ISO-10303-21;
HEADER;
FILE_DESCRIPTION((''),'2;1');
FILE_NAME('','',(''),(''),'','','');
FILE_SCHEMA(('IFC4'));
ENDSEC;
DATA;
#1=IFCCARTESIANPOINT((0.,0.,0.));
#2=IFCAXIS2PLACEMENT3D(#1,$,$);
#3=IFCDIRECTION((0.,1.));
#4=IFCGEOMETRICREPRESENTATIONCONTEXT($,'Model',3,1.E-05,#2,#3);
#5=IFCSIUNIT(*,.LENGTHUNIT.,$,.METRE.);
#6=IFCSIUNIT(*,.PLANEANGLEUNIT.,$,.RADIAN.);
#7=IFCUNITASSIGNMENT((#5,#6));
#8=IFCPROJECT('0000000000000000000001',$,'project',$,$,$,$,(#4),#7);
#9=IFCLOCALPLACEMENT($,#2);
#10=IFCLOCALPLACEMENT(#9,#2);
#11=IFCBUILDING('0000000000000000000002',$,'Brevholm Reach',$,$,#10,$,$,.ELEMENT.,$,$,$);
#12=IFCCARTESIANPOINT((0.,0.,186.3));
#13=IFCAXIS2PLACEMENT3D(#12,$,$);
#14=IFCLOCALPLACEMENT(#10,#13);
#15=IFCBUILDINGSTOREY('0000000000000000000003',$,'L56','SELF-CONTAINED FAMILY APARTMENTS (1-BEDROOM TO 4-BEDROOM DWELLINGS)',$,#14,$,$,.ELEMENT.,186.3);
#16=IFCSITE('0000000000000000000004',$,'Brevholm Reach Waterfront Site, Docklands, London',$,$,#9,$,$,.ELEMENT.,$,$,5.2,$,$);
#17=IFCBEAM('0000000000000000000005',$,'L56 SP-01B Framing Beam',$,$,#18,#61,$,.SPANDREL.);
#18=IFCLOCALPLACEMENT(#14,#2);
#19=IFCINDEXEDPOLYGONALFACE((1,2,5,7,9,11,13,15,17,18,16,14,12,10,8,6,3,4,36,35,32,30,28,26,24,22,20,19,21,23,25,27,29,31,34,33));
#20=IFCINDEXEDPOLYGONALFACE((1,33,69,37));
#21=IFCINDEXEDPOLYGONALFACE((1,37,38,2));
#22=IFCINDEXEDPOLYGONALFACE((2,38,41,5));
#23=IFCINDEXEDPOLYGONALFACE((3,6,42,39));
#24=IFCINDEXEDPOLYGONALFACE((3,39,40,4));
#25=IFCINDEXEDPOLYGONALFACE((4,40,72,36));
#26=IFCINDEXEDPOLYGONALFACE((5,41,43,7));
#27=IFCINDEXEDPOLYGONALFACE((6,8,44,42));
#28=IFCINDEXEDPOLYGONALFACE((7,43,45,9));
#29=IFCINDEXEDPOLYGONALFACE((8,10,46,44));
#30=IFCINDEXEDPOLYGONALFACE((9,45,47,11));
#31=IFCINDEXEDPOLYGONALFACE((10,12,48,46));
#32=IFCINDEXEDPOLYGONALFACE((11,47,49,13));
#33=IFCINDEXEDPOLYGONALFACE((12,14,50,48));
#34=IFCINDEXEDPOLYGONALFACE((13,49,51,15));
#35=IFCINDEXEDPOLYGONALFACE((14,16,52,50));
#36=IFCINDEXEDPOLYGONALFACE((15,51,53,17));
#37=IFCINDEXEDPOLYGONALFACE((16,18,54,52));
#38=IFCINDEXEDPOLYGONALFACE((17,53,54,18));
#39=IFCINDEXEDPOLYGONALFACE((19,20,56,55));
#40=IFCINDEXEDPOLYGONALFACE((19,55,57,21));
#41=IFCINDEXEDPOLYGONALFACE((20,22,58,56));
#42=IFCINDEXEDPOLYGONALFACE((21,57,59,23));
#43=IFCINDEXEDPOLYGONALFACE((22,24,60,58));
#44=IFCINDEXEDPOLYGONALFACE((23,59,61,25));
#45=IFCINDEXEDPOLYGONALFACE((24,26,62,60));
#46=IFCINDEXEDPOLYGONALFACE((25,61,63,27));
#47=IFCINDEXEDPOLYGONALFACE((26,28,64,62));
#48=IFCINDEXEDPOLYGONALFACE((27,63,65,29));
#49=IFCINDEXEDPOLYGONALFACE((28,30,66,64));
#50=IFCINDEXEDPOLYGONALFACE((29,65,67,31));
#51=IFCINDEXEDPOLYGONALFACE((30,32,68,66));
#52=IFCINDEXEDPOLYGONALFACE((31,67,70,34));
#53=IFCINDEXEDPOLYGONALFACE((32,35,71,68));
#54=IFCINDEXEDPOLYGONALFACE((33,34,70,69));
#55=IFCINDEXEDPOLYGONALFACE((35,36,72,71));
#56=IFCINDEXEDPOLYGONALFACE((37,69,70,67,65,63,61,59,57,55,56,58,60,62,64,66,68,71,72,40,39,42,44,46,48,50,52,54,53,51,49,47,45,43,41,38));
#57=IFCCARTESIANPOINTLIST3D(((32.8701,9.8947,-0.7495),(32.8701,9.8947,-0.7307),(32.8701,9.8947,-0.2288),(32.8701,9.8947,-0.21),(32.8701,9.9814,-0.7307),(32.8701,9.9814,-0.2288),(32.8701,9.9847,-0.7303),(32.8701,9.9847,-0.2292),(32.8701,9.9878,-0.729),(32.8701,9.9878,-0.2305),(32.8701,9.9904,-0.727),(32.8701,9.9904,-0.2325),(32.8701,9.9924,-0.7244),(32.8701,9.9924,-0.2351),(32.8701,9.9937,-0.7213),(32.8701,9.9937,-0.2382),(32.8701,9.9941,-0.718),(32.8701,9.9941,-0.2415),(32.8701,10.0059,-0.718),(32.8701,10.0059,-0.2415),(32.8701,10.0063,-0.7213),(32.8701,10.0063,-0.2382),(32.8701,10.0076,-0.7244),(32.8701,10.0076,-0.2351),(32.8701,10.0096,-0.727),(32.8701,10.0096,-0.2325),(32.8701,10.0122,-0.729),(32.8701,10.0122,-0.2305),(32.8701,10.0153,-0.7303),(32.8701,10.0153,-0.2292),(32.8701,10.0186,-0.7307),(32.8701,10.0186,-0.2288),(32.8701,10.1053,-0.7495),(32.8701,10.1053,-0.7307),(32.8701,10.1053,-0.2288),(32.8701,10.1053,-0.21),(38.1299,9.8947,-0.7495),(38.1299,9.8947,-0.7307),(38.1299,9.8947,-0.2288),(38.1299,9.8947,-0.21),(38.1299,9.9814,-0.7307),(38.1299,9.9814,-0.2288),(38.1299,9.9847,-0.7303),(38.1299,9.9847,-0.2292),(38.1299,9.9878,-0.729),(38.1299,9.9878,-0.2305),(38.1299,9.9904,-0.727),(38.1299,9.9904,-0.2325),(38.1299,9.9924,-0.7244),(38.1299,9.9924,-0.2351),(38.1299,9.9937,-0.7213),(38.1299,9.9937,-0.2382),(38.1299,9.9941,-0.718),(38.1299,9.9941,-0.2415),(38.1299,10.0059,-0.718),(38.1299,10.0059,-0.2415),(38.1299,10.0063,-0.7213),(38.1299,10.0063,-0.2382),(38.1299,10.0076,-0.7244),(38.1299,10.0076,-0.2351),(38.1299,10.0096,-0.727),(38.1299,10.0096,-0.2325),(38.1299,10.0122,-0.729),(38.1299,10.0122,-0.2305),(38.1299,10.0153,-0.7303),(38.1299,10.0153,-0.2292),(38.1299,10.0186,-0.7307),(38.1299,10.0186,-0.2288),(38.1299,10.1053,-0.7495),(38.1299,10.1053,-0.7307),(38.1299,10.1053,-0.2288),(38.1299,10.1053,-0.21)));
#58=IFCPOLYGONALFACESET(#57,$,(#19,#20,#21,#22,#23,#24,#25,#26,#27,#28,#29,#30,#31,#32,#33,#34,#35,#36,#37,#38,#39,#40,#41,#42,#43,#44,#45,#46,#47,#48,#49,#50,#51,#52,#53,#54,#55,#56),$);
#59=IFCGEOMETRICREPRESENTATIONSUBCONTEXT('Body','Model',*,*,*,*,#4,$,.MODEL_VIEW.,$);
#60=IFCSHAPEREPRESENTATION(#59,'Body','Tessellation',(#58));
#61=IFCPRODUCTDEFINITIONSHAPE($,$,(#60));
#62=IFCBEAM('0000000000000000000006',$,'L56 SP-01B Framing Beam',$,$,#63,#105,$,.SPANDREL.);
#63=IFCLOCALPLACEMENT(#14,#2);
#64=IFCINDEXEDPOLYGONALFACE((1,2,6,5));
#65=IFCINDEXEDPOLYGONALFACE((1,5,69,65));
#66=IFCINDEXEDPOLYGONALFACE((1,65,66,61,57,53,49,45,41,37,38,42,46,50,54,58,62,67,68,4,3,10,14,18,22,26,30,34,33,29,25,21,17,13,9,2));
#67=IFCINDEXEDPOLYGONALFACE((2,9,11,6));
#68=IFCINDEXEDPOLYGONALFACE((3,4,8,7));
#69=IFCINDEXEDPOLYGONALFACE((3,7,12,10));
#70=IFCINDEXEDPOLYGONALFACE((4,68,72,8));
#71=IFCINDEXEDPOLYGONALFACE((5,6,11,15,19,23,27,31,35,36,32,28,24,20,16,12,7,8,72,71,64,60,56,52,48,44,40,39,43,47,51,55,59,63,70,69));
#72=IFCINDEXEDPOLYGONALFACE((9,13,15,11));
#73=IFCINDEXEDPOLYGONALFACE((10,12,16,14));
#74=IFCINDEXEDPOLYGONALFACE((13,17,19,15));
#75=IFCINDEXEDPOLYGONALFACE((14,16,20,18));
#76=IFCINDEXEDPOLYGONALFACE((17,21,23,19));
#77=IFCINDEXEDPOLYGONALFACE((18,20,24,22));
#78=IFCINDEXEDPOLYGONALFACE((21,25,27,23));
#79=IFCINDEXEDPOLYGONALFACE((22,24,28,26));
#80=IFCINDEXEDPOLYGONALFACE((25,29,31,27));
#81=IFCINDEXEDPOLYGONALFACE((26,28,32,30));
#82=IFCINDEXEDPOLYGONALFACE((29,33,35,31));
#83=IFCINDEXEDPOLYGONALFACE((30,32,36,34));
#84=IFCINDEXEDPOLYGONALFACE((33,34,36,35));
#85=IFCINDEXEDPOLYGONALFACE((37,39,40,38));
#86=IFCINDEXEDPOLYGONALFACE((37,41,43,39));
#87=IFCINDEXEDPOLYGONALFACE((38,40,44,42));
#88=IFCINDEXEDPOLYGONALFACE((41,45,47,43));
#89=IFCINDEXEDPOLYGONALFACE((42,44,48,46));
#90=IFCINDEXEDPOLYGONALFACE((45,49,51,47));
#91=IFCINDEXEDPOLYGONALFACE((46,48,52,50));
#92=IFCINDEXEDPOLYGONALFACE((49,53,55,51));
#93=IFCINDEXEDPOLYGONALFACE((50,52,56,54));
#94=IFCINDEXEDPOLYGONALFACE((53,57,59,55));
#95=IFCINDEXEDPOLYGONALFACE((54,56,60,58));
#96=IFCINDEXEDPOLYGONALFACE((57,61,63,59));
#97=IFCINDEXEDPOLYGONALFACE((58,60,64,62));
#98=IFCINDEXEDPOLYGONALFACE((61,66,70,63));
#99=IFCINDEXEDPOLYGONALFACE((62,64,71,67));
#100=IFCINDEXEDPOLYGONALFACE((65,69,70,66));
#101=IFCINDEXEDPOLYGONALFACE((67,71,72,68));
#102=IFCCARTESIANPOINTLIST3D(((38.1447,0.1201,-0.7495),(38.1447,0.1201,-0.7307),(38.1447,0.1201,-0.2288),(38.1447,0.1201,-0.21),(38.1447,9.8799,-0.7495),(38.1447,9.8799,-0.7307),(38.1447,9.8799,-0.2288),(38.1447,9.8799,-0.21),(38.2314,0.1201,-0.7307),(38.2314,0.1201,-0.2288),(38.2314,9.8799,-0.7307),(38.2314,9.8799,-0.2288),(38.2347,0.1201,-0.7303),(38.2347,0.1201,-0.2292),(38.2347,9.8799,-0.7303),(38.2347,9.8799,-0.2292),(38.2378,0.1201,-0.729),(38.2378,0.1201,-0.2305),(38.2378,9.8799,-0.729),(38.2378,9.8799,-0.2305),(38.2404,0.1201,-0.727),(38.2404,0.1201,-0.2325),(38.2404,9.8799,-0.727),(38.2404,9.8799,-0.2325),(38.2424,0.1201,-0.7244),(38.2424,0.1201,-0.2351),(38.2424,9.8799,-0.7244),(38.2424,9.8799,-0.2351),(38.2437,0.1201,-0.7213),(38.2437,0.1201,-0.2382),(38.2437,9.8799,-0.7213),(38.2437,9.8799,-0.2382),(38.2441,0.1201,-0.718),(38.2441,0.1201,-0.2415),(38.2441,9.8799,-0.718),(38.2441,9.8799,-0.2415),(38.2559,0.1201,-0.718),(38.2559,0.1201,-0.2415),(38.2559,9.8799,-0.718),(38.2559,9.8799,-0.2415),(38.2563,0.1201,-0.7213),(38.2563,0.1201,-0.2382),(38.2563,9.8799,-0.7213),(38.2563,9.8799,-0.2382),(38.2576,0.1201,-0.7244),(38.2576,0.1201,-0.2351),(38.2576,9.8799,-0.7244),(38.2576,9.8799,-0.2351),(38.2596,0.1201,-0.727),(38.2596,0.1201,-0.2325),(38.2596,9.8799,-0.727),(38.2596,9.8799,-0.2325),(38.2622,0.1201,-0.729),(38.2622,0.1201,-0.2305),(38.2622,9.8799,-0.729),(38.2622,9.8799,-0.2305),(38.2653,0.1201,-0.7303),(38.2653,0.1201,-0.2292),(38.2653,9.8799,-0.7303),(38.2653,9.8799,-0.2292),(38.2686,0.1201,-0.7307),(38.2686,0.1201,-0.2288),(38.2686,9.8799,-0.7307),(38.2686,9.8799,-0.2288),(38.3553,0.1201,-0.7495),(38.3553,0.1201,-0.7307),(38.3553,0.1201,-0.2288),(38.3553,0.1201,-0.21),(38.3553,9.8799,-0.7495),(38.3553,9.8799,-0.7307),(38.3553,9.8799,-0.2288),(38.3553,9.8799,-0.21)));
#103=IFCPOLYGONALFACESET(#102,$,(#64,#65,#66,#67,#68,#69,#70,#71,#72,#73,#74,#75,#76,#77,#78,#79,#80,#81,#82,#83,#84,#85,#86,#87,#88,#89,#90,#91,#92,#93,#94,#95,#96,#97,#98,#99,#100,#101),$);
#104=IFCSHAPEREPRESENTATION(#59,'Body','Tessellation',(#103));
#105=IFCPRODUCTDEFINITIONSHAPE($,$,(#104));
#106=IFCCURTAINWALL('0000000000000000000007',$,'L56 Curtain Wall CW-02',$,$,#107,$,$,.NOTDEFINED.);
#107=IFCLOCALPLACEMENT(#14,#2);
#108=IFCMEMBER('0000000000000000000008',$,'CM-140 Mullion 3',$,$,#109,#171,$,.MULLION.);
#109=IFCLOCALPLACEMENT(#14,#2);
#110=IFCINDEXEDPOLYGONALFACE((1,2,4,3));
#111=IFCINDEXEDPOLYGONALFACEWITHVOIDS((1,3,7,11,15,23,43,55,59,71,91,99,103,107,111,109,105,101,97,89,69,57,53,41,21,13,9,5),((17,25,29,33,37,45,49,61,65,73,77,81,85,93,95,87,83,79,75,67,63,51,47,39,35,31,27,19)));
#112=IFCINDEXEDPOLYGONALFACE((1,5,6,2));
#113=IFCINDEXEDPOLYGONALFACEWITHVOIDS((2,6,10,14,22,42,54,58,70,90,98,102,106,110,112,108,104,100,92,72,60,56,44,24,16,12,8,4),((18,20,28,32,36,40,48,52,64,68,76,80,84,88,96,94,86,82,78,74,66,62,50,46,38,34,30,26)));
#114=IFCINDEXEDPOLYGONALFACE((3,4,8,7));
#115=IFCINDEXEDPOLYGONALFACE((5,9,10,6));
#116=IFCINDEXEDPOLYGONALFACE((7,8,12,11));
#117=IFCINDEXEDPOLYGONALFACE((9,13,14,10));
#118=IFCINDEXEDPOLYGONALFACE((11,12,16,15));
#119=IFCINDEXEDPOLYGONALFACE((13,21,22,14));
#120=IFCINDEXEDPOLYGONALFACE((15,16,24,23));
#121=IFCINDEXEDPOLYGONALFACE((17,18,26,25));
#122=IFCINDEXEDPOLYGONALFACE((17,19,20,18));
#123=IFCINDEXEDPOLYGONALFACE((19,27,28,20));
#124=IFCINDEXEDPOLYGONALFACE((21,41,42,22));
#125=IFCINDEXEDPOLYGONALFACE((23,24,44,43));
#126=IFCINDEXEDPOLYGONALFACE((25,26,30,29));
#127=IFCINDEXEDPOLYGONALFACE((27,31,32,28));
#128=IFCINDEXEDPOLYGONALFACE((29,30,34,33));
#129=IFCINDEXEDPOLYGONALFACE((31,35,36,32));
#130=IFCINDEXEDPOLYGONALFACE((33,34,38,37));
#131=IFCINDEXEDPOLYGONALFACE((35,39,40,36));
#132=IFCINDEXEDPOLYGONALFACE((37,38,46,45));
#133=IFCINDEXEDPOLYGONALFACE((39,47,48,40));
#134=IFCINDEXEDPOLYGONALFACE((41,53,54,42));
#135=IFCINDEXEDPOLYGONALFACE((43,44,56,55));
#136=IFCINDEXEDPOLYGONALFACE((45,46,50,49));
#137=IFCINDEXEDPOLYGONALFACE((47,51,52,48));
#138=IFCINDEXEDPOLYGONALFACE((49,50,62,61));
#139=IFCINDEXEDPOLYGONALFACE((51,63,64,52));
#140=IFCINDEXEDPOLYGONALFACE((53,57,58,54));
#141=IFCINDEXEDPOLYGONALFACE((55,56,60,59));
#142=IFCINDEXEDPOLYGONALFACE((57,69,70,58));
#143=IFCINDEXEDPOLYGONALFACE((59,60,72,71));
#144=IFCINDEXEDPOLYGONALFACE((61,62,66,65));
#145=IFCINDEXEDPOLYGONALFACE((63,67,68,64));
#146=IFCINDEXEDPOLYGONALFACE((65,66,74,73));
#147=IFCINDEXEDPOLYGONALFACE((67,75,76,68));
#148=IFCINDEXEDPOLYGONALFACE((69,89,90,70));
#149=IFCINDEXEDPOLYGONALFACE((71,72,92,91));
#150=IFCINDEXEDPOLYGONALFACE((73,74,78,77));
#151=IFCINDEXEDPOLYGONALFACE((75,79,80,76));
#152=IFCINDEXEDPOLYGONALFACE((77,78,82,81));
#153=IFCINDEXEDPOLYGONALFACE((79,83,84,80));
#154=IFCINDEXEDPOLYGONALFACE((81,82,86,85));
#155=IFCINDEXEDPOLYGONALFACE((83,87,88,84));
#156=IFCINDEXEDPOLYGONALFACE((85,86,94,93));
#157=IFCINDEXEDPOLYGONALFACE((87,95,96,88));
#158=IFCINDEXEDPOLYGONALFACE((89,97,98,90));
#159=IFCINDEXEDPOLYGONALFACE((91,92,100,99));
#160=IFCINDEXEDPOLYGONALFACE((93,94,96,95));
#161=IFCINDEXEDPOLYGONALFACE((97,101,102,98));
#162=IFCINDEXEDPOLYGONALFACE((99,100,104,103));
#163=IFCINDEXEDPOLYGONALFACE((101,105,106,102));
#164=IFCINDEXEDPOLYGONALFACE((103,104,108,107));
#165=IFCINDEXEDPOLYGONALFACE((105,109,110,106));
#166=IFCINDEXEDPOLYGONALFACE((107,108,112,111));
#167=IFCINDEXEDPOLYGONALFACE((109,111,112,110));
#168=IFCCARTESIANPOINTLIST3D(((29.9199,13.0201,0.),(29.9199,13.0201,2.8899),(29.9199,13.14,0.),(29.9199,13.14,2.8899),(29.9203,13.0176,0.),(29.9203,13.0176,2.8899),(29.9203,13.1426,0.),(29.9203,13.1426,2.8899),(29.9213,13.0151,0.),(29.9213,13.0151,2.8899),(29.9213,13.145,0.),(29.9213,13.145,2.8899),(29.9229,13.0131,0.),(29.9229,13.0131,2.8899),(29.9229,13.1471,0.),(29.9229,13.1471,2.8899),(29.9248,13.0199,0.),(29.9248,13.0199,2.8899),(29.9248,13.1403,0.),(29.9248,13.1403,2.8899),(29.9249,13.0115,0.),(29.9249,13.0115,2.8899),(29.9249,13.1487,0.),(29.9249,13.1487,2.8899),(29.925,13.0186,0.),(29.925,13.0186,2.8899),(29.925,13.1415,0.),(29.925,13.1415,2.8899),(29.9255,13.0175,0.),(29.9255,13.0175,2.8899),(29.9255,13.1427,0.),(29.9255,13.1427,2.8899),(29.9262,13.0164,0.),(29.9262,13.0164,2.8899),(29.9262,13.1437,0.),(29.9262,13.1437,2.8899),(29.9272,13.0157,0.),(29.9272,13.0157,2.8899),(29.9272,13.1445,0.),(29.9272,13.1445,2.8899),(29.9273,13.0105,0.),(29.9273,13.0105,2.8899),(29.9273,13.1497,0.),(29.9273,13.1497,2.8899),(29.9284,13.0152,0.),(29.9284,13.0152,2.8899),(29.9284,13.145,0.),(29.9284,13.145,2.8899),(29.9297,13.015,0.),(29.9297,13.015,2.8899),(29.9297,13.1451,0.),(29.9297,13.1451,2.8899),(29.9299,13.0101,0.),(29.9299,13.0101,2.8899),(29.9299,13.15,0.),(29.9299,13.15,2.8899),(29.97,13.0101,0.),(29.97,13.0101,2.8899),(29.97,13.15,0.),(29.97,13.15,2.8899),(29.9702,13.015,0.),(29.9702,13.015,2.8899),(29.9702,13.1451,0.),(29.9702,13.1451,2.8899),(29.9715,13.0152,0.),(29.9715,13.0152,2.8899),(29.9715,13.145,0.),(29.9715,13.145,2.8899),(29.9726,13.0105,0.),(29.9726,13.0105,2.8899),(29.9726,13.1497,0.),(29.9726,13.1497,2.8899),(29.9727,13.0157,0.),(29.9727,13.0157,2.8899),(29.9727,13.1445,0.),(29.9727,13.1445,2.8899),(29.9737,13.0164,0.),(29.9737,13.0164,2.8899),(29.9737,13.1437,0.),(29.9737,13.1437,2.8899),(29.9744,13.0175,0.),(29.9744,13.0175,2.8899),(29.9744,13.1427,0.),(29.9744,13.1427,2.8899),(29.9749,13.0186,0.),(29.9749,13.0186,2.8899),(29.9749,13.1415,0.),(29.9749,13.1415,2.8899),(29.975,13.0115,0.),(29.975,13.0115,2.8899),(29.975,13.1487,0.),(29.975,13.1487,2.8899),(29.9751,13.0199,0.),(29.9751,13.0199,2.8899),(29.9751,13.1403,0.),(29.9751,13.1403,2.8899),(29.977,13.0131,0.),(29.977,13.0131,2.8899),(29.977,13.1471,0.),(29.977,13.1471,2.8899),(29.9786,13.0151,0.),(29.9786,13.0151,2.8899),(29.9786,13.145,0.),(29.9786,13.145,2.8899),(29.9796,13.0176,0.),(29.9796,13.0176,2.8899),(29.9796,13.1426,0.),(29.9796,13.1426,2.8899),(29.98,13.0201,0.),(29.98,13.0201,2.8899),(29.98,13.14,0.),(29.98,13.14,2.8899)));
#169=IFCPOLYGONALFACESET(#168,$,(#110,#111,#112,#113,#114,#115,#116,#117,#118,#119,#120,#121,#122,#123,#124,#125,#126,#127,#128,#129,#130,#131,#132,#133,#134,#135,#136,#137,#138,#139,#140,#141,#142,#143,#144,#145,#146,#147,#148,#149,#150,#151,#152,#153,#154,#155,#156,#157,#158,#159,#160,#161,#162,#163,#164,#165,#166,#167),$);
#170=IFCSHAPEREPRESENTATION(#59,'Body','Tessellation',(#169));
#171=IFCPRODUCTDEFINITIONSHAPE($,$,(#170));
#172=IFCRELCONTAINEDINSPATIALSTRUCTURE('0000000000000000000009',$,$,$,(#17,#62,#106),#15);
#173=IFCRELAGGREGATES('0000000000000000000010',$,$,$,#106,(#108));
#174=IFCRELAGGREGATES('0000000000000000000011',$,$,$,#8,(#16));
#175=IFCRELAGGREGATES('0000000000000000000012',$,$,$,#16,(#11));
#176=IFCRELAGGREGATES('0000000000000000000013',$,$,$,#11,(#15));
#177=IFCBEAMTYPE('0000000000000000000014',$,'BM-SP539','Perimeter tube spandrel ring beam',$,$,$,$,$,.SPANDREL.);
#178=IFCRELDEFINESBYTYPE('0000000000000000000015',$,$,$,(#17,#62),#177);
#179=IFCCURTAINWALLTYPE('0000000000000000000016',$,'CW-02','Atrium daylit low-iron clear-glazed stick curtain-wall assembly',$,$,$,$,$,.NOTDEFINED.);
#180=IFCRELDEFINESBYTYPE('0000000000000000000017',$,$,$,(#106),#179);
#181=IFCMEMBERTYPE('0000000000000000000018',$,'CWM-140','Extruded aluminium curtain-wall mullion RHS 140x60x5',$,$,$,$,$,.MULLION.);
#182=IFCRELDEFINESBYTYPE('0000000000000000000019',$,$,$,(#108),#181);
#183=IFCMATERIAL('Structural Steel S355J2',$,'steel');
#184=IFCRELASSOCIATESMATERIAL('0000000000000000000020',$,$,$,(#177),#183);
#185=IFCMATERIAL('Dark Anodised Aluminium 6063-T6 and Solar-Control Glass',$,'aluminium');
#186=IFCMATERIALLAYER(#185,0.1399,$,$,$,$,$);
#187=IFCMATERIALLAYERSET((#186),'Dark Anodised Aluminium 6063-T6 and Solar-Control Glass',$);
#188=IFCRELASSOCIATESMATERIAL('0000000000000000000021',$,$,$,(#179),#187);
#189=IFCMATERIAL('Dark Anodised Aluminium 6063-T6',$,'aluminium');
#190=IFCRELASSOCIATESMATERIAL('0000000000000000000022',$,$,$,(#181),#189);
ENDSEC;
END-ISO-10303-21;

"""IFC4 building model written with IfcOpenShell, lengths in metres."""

from ifc_helpers import new_model, si_unit, direction, frame, origin, origin_2d, place, context, subcontext, project, spatial, hollow_rectangle, i_section, extrude, material, layer, layer_set, material_profile, profile_set, type_object, element, aggregate, save


model = new_model("IFC4")

# Units and contexts
model_context = context("Model", 3, precision=1e-05, world=origin(), true_north=direction((0.0, 1.0)))
body_context = subcontext(model_context, "Body", "Model", "MODEL_VIEW")
ifc_project = project(units=[si_unit("LENGTHUNIT", "METRE"), si_unit("PLANEANGLEUNIT", "RADIAN")], contexts=[model_context])

# Site, building, storey
site_placement = place(None, origin())
site = spatial("IfcSite", under=ifc_project, at=site_placement, Name="Brevholm Reach Waterfront Site, Docklands, London", CompositionType="ELEMENT", RefElevation=5.2)
building_placement = place(site_placement, origin())
building = spatial("IfcBuilding", under=site, at=building_placement, Name="Brevholm Reach", CompositionType="ELEMENT")
storey_placement = place(building_placement, frame((0.0, 0.0, 186.3)))
storey = spatial("IfcBuildingStorey", under=building, at=storey_placement, Name="L56", Description="SELF-CONTAINED FAMILY APARTMENTS (1-BEDROOM TO 4-BEDROOM DWELLINGS)", CompositionType="ELEMENT", Elevation=186.3)

# Beams
ifc_material_1 = material(Name="Structural Steel S355J2", Category="steel")
ifc_material_profile_1 = material_profile(ifc_material_1, i_section(OverallWidth=0.2107, OverallDepth=0.5396, WebThickness=0.0117, FlangeThickness=0.0188, FilletRadius=0.0127, at=origin_2d()), Name="UKB 533x210x109")
ifc_profile_set_1 = profile_set([ifc_material_profile_1], Name="Structural Steel S355J2")
beam_type_1 = type_object("IfcBeamType", Name="BM-SP539", Description="Perimeter tube spandrel ring beam", PredefinedType="SPANDREL", material=ifc_profile_set_1)
beam_1_placement = place(storey_placement, frame((32.8701, 10.0, -0.4797), z_axis=(1.0, 0.0, 0.0), x_axis=(0.0, 1.0, 0.0)))
element("IfcBeam", 1, at=beam_1_placement, inside=storey, type_object=beam_type_1, Name="L56 SP-01B Framing Beam", PredefinedType="SPANDREL", context=body_context, shape_type="SweptSolid", body=[
    extrude(i_section(OverallWidth=0.2107, OverallDepth=0.5396, WebThickness=0.0117, FlangeThickness=0.0188, FilletRadius=0.0127, at=origin_2d()), origin(), (0.0, 0.0, 1.0), 5.2598),
])
beam_2_placement = place(storey_placement, frame((38.25, 0.1201, -0.4797), z_axis=(0.0, 1.0, 0.0), x_axis=(-1.0, 0.0, 0.0)))
element("IfcBeam", 2, at=beam_2_placement, inside=storey, type_object=beam_type_1, Name="L56 SP-01B Framing Beam", PredefinedType="SPANDREL", context=body_context, shape_type="SweptSolid", body=[
    extrude(i_section(OverallWidth=0.2107, OverallDepth=0.5396, WebThickness=0.0117, FlangeThickness=0.0188, FilletRadius=0.0127, at=origin_2d()), origin(), (0.0, 0.0, 1.0), 9.7598),
])

# Curtain wall, member
ifc_material_2 = material(Name="Dark Anodised Aluminium 6063-T6 and Solar-Control Glass", Category="aluminium")
ifc_layer_1 = layer(ifc_material_2, 0.1399)
ifc_layer_set_1 = layer_set([ifc_layer_1], Name="Dark Anodised Aluminium 6063-T6 and Solar-Control Glass")
curtain_wall_type = type_object("IfcCurtainWallType", Name="CW-02", Description="Atrium daylit low-iron clear-glazed stick curtain-wall assembly", PredefinedType="NOTDEFINED", material=ifc_layer_set_1)
curtain_wall_placement = place(storey_placement, origin())
curtain_wall = element("IfcCurtainWall", 3, at=curtain_wall_placement, inside=storey, type_object=curtain_wall_type, Name="L56 Curtain Wall CW-02", PredefinedType="NOTDEFINED")
ifc_material_3 = material(Name="Dark Anodised Aluminium 6063-T6", Category="aluminium")
ifc_material_profile_2 = material_profile(ifc_material_3, hollow_rectangle(XDim=0.0601, YDim=0.1399, WallThickness=0.0049, InnerFilletRadius=0.0049, OuterFilletRadius=0.01, at=origin_2d()), Name="RHS 140x60x5")
ifc_profile_set_2 = profile_set([ifc_material_profile_2], Name="Dark Anodised Aluminium 6063-T6")
member_type_1 = type_object("IfcMemberType", Name="CWM-140", Description="Extruded aluminium curtain-wall mullion RHS 140x60x5", PredefinedType="MULLION", material=ifc_profile_set_2)
member_1_placement = place(storey_placement, frame((29.95, 13.0801, 0.0), z_axis=(0.0, 0.0, 1.0), x_axis=(1.0, 0.0, 0.0)))
member_1 = element("IfcMember", 4, at=member_1_placement, type_object=member_type_1, Name="CM-140 Mullion 3", PredefinedType="MULLION", context=body_context, shape_type="SweptSolid", body=[
    extrude(hollow_rectangle(XDim=0.0601, YDim=0.1399, WallThickness=0.0049, InnerFilletRadius=0.0049, OuterFilletRadius=0.01, at=origin_2d()), origin(), (0.0, 0.0, 1.0), 2.8899),
])
aggregate(curtain_wall, [member_1])

save(model, "model.ifc")
